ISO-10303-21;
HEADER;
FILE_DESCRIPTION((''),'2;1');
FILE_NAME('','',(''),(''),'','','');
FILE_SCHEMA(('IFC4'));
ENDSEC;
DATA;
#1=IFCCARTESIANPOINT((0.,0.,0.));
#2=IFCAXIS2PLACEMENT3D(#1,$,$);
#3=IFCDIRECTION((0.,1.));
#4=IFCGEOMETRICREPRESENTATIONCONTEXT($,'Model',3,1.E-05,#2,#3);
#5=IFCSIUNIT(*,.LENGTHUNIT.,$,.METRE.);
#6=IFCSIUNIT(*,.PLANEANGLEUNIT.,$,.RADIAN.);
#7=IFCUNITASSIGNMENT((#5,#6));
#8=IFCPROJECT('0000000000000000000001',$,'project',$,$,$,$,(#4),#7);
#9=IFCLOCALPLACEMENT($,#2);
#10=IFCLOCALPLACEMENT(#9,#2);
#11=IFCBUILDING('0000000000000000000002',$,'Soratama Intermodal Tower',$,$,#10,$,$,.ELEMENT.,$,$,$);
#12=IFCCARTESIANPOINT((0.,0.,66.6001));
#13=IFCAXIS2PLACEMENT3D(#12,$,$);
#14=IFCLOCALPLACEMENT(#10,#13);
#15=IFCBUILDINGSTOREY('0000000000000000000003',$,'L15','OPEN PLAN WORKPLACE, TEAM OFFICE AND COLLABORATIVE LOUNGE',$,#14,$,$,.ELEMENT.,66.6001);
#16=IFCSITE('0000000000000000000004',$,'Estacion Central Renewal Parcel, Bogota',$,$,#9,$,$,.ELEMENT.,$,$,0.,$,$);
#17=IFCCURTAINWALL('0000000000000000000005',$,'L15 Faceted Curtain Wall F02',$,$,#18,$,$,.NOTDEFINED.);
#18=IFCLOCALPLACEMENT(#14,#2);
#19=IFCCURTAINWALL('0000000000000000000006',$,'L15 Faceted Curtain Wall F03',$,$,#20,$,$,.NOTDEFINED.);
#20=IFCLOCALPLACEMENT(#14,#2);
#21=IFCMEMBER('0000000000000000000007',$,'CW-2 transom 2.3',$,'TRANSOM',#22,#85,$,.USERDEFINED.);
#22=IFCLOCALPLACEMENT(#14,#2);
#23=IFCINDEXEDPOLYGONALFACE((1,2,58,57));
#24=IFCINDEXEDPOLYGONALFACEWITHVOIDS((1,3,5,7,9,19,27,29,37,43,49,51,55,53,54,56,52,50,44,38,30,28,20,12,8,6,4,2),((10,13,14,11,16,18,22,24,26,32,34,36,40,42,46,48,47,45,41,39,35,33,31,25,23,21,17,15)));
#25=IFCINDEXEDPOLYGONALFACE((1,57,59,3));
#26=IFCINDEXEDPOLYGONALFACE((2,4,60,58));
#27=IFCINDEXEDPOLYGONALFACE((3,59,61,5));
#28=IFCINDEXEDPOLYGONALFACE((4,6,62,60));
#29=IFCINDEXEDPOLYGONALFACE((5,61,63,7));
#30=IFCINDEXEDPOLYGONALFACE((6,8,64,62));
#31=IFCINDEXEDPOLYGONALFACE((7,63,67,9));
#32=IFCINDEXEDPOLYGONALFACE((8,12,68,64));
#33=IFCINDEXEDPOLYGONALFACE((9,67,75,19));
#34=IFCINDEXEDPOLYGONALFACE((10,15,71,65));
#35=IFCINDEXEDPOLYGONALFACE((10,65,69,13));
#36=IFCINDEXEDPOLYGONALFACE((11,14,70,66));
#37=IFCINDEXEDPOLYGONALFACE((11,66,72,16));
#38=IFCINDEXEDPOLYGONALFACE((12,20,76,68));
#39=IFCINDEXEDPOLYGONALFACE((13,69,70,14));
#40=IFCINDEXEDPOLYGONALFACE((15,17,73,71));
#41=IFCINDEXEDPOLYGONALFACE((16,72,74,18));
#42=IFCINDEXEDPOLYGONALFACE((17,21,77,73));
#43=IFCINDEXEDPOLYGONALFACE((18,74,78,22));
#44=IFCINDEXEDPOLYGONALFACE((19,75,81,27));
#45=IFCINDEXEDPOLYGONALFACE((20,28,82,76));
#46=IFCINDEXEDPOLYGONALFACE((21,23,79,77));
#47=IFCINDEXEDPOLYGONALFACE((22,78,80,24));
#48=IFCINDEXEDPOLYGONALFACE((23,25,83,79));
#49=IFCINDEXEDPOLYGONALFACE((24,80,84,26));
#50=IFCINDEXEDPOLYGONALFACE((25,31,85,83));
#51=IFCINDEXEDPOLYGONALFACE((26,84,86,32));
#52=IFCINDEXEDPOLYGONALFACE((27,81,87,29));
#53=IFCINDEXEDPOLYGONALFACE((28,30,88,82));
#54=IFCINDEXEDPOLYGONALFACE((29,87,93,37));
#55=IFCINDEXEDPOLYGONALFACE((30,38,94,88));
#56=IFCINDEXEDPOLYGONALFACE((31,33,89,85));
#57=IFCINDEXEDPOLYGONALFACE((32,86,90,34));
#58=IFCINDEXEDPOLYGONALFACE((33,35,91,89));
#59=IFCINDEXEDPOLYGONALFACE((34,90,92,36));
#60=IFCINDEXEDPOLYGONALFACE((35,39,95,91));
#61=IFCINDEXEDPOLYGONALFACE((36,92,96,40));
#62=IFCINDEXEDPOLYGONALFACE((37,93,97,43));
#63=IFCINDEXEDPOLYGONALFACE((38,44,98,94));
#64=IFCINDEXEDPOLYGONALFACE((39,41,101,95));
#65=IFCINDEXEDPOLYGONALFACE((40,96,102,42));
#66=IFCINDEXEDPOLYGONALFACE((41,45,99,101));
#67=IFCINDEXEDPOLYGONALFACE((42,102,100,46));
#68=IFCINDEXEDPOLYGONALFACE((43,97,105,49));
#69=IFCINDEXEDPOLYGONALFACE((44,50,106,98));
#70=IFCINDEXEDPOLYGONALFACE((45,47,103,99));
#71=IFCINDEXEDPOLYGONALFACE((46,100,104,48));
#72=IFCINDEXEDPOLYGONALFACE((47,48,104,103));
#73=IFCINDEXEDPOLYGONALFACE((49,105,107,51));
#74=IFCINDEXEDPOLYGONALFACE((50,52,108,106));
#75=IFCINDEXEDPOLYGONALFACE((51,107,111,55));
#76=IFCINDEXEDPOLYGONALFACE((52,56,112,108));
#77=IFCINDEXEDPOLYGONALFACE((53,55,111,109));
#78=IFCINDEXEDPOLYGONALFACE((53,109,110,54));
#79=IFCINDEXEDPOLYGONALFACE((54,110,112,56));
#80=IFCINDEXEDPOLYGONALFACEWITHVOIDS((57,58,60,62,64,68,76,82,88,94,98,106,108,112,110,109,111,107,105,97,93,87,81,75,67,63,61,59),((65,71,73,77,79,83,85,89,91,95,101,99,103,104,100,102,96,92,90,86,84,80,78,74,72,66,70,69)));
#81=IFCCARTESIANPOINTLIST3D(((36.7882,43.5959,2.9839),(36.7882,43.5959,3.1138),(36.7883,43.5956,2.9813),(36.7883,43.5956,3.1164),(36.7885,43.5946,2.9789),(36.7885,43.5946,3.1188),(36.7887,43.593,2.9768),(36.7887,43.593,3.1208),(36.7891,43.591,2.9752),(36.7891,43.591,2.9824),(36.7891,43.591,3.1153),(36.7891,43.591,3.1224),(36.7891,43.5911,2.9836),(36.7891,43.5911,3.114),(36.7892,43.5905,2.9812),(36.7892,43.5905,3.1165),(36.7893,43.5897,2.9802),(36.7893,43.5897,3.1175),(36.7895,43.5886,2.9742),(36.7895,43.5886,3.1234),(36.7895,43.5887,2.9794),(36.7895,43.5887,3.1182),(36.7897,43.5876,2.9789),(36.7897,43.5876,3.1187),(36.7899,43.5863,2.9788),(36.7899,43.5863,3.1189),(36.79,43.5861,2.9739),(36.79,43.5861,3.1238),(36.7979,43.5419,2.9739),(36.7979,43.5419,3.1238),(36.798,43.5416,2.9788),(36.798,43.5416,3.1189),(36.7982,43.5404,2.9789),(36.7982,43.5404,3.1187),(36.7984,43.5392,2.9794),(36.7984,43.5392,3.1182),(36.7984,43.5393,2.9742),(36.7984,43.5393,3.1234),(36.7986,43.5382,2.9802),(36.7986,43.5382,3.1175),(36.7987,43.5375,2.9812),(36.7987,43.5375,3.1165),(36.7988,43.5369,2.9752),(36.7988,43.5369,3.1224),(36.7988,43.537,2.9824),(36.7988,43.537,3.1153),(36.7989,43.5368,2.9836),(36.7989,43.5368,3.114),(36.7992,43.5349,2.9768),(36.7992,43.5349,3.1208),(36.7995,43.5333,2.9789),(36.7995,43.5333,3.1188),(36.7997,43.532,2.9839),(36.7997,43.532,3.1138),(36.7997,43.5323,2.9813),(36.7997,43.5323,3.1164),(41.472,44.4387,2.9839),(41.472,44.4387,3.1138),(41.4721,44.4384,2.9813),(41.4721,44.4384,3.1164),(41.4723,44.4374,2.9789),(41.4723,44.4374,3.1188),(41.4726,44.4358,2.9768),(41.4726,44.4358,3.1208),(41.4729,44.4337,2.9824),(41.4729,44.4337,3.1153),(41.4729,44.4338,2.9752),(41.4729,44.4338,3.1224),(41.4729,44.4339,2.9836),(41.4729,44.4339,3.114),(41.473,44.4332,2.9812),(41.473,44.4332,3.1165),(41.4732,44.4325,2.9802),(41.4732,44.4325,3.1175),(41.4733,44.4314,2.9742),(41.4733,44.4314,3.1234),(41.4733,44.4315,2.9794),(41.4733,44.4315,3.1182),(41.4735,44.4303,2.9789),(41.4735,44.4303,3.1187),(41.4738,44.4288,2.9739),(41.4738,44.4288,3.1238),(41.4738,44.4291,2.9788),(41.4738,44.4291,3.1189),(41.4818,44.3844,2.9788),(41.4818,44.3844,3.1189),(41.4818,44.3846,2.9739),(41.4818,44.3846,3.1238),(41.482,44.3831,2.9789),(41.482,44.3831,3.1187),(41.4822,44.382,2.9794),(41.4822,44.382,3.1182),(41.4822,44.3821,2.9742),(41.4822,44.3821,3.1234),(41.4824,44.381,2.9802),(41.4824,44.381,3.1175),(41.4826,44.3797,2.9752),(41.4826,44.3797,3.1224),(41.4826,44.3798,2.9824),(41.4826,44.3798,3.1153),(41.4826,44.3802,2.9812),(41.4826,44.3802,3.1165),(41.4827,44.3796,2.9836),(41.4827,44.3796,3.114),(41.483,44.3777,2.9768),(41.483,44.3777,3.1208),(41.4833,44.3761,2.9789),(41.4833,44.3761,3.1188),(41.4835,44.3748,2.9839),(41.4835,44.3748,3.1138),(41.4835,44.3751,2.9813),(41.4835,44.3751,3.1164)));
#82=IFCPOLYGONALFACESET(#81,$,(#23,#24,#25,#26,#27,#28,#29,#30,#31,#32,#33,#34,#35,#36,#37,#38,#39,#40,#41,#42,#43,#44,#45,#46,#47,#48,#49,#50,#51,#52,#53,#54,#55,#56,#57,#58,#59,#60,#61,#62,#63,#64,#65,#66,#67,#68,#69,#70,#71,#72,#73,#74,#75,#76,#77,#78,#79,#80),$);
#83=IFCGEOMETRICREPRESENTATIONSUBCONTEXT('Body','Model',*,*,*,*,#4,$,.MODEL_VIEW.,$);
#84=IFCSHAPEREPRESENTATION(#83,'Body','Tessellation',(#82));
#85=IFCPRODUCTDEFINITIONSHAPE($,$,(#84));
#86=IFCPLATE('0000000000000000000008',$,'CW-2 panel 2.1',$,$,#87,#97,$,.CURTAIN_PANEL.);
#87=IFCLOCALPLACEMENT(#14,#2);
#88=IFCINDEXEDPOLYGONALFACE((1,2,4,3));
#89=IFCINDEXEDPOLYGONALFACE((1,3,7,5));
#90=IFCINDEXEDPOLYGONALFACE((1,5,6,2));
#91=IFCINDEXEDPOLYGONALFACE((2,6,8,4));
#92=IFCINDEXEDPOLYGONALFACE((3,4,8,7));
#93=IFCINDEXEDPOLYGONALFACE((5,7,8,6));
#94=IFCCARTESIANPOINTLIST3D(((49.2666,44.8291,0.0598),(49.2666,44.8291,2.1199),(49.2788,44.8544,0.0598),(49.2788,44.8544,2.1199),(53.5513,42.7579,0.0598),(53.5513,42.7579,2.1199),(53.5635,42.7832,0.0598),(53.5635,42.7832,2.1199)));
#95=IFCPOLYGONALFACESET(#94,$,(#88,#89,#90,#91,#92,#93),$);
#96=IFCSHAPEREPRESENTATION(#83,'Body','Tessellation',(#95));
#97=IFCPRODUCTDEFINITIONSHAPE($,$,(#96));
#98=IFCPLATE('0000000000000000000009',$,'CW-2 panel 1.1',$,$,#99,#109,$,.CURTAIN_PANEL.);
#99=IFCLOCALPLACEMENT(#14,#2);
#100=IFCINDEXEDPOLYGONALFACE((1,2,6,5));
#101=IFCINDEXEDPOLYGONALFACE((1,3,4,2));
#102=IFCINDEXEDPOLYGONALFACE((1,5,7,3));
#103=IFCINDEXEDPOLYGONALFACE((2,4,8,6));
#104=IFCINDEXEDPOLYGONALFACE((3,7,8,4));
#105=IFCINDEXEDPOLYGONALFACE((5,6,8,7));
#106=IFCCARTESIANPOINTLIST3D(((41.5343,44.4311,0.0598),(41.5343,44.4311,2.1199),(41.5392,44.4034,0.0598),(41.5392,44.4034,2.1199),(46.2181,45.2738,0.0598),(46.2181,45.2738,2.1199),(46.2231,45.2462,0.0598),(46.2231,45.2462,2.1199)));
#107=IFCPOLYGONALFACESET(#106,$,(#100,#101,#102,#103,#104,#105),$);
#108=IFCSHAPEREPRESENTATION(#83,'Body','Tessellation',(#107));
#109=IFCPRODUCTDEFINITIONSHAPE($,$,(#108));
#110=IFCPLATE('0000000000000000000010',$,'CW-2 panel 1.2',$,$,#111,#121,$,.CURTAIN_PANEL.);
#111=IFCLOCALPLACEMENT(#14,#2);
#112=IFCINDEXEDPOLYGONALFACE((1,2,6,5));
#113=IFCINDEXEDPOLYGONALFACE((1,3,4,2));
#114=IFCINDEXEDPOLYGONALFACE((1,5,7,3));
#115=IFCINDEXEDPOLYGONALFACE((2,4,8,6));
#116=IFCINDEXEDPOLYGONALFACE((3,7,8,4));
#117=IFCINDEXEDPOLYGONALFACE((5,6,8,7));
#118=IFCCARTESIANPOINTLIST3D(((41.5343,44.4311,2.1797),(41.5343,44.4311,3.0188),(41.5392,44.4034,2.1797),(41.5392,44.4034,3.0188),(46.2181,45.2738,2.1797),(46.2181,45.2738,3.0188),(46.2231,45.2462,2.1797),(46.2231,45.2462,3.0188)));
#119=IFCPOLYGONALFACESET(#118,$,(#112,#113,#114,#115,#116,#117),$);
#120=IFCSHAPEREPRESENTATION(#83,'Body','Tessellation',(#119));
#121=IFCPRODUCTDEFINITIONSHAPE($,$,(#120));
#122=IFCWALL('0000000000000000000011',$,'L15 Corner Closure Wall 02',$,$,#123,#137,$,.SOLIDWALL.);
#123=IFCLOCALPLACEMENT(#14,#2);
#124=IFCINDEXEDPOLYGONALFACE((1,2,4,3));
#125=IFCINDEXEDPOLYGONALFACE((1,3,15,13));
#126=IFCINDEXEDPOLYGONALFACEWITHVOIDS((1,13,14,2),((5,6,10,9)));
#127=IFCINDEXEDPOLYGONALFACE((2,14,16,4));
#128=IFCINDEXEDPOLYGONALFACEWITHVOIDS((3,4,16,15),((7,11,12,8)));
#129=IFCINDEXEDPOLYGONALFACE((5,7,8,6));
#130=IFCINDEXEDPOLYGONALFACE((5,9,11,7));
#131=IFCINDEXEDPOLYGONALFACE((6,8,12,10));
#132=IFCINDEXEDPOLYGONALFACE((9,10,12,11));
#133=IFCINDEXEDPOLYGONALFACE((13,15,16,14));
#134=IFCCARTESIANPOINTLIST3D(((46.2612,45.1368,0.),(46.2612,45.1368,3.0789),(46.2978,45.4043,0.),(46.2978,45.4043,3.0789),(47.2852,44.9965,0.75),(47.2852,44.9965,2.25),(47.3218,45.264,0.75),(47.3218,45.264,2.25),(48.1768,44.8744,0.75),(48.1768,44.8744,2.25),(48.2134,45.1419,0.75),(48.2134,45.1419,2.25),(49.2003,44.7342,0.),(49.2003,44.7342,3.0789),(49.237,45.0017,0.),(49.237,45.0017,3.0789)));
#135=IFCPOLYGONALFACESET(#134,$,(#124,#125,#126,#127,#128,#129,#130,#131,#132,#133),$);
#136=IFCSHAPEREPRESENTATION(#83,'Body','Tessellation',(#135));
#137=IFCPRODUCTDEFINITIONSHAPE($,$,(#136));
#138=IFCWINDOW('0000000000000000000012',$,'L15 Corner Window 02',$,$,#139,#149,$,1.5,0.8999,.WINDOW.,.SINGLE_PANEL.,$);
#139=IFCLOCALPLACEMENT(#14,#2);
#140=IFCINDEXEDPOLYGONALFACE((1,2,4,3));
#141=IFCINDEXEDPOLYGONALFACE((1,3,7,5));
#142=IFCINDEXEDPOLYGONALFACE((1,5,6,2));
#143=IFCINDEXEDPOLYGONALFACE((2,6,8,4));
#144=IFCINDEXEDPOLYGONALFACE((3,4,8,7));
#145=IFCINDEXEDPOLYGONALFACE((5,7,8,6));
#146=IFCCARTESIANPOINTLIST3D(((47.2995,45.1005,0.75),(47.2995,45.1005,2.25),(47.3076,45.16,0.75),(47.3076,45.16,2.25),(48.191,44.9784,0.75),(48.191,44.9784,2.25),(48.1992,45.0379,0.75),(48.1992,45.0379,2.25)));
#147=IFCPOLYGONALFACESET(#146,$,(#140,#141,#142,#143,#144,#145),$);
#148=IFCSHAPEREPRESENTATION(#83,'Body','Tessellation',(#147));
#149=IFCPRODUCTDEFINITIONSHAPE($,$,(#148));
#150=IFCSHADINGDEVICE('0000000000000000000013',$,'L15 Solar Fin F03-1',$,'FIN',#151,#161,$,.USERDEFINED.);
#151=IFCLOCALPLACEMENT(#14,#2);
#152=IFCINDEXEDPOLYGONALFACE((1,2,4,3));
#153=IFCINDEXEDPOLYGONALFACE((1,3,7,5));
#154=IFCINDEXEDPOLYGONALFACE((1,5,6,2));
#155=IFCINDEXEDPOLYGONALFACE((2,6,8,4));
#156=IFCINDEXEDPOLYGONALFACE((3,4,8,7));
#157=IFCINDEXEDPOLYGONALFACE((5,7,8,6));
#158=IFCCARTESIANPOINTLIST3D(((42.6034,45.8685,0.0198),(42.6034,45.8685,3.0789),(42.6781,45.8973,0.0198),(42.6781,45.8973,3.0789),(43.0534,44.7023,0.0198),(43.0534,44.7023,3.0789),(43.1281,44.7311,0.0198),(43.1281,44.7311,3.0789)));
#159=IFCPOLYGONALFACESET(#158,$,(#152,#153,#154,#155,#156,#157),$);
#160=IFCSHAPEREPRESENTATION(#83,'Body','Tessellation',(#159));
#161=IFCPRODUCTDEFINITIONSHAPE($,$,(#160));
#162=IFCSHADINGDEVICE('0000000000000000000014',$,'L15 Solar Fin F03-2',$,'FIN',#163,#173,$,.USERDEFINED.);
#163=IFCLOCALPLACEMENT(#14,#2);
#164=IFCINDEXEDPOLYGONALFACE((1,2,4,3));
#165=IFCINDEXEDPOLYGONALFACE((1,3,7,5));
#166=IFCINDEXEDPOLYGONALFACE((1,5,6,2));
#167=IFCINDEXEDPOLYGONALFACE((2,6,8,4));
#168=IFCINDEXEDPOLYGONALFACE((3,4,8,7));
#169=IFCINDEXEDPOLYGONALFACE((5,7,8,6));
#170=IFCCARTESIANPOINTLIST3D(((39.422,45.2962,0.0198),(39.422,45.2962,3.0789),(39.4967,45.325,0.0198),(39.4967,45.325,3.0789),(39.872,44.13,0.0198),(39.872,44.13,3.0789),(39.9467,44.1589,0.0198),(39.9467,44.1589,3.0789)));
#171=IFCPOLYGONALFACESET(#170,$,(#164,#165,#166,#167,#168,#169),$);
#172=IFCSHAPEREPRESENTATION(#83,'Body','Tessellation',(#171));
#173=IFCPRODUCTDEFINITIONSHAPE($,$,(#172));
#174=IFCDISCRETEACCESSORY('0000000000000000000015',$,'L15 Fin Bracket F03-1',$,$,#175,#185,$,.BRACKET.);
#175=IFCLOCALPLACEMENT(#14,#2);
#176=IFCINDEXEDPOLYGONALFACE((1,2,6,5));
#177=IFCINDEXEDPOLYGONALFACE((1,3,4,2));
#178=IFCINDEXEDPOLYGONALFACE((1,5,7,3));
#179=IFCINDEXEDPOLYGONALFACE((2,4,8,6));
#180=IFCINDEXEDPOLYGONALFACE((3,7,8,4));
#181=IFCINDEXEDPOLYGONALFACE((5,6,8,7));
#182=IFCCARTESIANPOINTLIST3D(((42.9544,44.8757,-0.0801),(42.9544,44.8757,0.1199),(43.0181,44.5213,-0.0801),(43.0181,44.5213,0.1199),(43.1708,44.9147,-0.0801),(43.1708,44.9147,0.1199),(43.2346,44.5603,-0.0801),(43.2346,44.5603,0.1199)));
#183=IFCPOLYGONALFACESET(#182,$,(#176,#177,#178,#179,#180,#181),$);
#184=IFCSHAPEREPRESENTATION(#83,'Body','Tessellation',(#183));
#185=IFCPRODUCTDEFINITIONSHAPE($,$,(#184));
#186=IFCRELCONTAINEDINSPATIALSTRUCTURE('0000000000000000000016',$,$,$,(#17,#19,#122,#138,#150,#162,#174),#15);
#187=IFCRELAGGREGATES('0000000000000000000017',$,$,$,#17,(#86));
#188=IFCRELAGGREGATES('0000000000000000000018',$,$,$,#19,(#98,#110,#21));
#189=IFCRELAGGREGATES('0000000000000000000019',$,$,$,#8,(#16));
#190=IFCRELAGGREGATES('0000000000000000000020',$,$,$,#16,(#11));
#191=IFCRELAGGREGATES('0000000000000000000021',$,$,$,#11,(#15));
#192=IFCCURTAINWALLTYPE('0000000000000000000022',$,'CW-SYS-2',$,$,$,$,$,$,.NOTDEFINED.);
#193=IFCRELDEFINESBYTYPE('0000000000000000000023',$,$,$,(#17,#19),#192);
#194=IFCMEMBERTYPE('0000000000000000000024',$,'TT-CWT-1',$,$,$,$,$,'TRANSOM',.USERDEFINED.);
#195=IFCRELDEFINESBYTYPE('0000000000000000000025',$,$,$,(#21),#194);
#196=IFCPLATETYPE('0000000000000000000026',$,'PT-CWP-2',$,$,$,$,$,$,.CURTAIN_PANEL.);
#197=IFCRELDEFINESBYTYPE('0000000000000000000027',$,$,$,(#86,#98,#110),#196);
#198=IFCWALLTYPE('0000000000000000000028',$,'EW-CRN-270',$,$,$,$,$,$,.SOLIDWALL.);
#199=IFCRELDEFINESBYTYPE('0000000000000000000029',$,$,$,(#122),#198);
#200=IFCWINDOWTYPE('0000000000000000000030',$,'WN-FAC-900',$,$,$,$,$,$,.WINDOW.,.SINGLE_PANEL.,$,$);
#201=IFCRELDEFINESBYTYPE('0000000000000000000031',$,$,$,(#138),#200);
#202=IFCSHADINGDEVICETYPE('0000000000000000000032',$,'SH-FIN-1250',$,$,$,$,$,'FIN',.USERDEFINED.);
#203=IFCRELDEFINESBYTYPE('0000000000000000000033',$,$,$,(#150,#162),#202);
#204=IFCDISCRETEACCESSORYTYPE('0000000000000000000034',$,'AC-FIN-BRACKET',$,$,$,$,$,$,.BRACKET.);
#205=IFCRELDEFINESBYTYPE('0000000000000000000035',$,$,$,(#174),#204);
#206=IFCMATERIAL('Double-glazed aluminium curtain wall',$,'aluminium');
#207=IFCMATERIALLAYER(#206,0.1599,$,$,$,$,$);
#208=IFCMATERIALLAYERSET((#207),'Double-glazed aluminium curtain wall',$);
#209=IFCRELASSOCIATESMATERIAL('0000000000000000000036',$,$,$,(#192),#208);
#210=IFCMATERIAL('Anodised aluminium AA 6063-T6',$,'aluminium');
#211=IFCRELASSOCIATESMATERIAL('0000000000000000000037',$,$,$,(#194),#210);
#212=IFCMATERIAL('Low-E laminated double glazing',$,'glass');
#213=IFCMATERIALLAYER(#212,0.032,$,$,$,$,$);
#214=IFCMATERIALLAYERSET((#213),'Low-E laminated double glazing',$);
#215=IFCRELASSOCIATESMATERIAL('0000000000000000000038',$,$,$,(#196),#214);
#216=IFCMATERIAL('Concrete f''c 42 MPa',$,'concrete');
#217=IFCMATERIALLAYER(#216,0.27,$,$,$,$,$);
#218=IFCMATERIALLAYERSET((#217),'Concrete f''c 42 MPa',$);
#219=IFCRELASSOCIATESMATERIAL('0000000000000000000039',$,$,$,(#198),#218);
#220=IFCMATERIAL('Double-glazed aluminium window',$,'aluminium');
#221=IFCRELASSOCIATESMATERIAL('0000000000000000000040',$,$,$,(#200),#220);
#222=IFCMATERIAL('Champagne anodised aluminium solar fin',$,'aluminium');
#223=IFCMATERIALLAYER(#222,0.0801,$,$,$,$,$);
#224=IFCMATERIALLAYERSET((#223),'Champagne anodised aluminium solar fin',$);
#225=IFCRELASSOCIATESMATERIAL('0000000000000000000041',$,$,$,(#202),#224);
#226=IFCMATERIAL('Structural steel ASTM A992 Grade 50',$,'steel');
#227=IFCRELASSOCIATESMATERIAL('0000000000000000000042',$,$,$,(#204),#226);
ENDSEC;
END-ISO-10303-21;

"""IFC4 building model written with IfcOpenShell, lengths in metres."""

from ifc_helpers import new_model, si_unit, direction, frame, frame_2d, origin, origin_2d, place, context, subcontext, project, spatial, rectangle, hollow_rectangle, extrude, material, layer, layer_set, material_profile, profile_set, type_object, element, fill, aggregate, save


model = new_model("IFC4")

# Units and contexts
model_context = context("Model", 3, precision=1e-05, world=origin(), true_north=direction((0.0, 1.0)))
body_context = subcontext(model_context, "Body", "Model", "MODEL_VIEW")
ifc_project = project(units=[si_unit("LENGTHUNIT", "METRE"), si_unit("PLANEANGLEUNIT", "RADIAN")], contexts=[model_context])

# Site, building, storey
site_placement = place(None, origin())
site = spatial("IfcSite", under=ifc_project, at=site_placement, Name="Estacion Central Renewal Parcel, Bogota", CompositionType="ELEMENT", RefElevation=0.0)
building_placement = place(site_placement, origin())
building = spatial("IfcBuilding", under=site, at=building_placement, Name="Soratama Intermodal Tower", CompositionType="ELEMENT")
storey_placement = place(building_placement, frame((0.0, 0.0, 66.6001)))
storey = spatial("IfcBuildingStorey", under=building, at=storey_placement, Name="L15", Description="OPEN PLAN WORKPLACE, TEAM OFFICE AND COLLABORATIVE LOUNGE", CompositionType="ELEMENT", Elevation=66.6001)

# Curtain wall
ifc_material_1 = material(Name="Double-glazed aluminium curtain wall", Category="aluminium")
ifc_layer_1 = layer(ifc_material_1, 0.1599)
ifc_layer_set_1 = layer_set([ifc_layer_1], Name="Double-glazed aluminium curtain wall")
curtain_wall_type = type_object("IfcCurtainWallType", Name="CW-SYS-2", PredefinedType="NOTDEFINED", material=ifc_layer_set_1)
curtain_wall_1_placement = place(storey_placement, origin())
curtain_wall_1 = element("IfcCurtainWall", 1, at=curtain_wall_1_placement, inside=storey, type_object=curtain_wall_type, Name="L15 Faceted Curtain Wall F02", PredefinedType="NOTDEFINED")

# Curtain wall, member
curtain_wall_2_placement = place(storey_placement, origin())
curtain_wall_2 = element("IfcCurtainWall", 2, at=curtain_wall_2_placement, inside=storey, type_object=curtain_wall_type, Name="L15 Faceted Curtain Wall F03", PredefinedType="NOTDEFINED")
ifc_material_2 = material(Name="Anodised aluminium AA 6063-T6", Category="aluminium")
ifc_material_profile_1 = material_profile(ifc_material_2, hollow_rectangle(XDim=0.0649, YDim=0.1499, WallThickness=0.0049, InnerFilletRadius=0.0049, OuterFilletRadius=0.01, at=origin_2d()), Name="CWT150X65X5")
ifc_profile_set_1 = profile_set([ifc_material_profile_1], Name="Anodised aluminium AA 6063-T6")
member_type_1 = type_object("IfcMemberType", Name="TT-CWT-1", ElementType="TRANSOM", PredefinedType="USERDEFINED", material=ifc_profile_set_1)
member_1_placement = place(storey_placement, frame((41.4778, 44.4067, 3.0488), z_axis=(-0.984195, -0.177088, 0.0), x_axis=(0.177088, -0.984195, 0.0)))
member_1 = element("IfcMember", 3, at=member_1_placement, type_object=member_type_1, Name="CW-2 transom 2.3", ObjectType="TRANSOM", PredefinedType="USERDEFINED", context=body_context, shape_type="SweptSolid", body=[
    extrude(hollow_rectangle(XDim=0.0649, YDim=0.1499, WallThickness=0.0049, InnerFilletRadius=0.0049, OuterFilletRadius=0.01, at=origin_2d()), origin(), (0.0, 0.0, 1.0), 4.759),
])

# Plates
ifc_material_3 = material(Name="Low-E laminated double glazing", Category="glass")
ifc_layer_2 = layer(ifc_material_3, 0.032)
ifc_layer_set_2 = layer_set([ifc_layer_2], Name="Low-E laminated double glazing")
plate_type = type_object("IfcPlateType", Name="PT-CWP-2", PredefinedType="CURTAIN_PANEL", material=ifc_layer_set_2)
plate_1_placement = place(storey_placement, frame((51.415, 43.8062, 0.0598), z_axis=(0.0, 0.0, 1.0), x_axis=(-0.900322, 0.435225, 0.0)))
plate_1 = element("IfcPlate", 4, at=plate_1_placement, type_object=plate_type, Name="CW-2 panel 2.1", PredefinedType="CURTAIN_PANEL", context=body_context, shape_type="SweptSolid", body=[
    extrude(rectangle(XDim=4.759, YDim=0.0281, at=origin_2d()), origin(), (0.0, 0.0, 1.0), 2.0601),
])
aggregate(curtain_wall_1, [plate_1])
plate_2_placement = place(storey_placement, frame((43.8787, 44.8386, 0.0598), z_axis=(0.0, 0.0, 1.0), x_axis=(-0.984197, -0.177078, 0.0)))
plate_2 = element("IfcPlate", 5, at=plate_2_placement, type_object=plate_type, Name="CW-2 panel 1.1", PredefinedType="CURTAIN_PANEL", context=body_context, shape_type="SweptSolid", body=[
    extrude(rectangle(XDim=4.759, YDim=0.0281, at=origin_2d()), origin(), (0.0, 0.0, 1.0), 2.0601),
])
plate_3_placement = place(storey_placement, frame((43.8787, 44.8386, 2.1797), z_axis=(0.0, 0.0, 1.0), x_axis=(-0.984197, -0.177078, 0.0)))
plate_3 = element("IfcPlate", 6, at=plate_3_placement, type_object=plate_type, Name="CW-2 panel 1.2", PredefinedType="CURTAIN_PANEL", context=body_context, shape_type="SweptSolid", body=[
    extrude(rectangle(XDim=4.759, YDim=0.0281, at=origin_2d()), origin(), (0.0, 0.0, 1.0), 0.8391),
])
aggregate(curtain_wall_2, [plate_2, plate_3, member_1])

# Wall, opening, window
ifc_material_4 = material(Name="Concrete f'c 42 MPa", Category="concrete")
ifc_layer_3 = layer(ifc_material_4, 0.27)
ifc_layer_set_3 = layer_set([ifc_layer_3], Name="Concrete f'c 42 MPa")
wall_type = type_object("IfcWallType", Name="EW-CRN-270", PredefinedType="SOLIDWALL", material=ifc_layer_set_3)
wall_placement = place(storey_placement, frame((49.2188, 44.8679, 0.0), z_axis=(0.0, 0.0, 1.0), x_axis=(-0.990749, 0.135704, 0.0)))
wall = element("IfcWall", 7, at=wall_placement, inside=storey, type_object=wall_type, Name="L15 Corner Closure Wall 02", PredefinedType="SOLIDWALL", context=body_context, shape_type="SweptSolid", body=[
    extrude(rectangle(XDim=2.9666, YDim=0.27, at=frame_2d((1.4834, 0.0))), origin(), (0.0, 0.0, 1.0), 3.0789),
])
opening_placement = place(wall_placement, frame((1.0332, 0.0, 0.75)))
opening = element("IfcOpeningElement", 8, at=opening_placement, cuts=wall, PredefinedType="OPENING", context=body_context, shape_type="SweptSolid", body=[
    extrude(rectangle(XDim=0.8999, YDim=1.5, at=frame_2d((0.45, 0.75))), frame((0.0, 0.145, 0.0), z_axis=(0.0, -1.0, 0.0), x_axis=(1.0, 0.0, 0.0)), (0.0, 0.0, 1.0), 0.29),
])
ifc_material_5 = material(Name="Double-glazed aluminium window", Category="aluminium")
window_type = type_object("IfcWindowType", Name="WN-FAC-900", PartitioningType="SINGLE_PANEL", PredefinedType="WINDOW", material=ifc_material_5)
window_placement = place(opening_placement, origin())
window = element("IfcWindow", 9, at=window_placement, inside=storey, type_object=window_type, Name="L15 Corner Window 02", OverallHeight=1.5, OverallWidth=0.8999, PartitioningType="SINGLE_PANEL", PredefinedType="WINDOW", context=body_context, shape_type="SweptSolid", body=[
    extrude(rectangle(XDim=0.8999, YDim=1.5, at=frame_2d((0.45, 0.75))), frame((0.0, 0.03, 0.0), z_axis=(0.0, -1.0, 0.0), x_axis=(1.0, 0.0, 0.0)), (0.0, 0.0, 1.0), 0.0601),
])
fill(opening, window)

# Shading devices
ifc_material_6 = material(Name="Champagne anodised aluminium solar fin", Category="aluminium")
ifc_layer_4 = layer(ifc_material_6, 0.0801)
ifc_layer_set_4 = layer_set([ifc_layer_4], Name="Champagne anodised aluminium solar fin")
shading_device_type = type_object("IfcShadingDeviceType", Name="SH-FIN-1250", ElementType="FIN", PredefinedType="USERDEFINED", material=ifc_layer_set_4)
for number, where, z_axis, x_axis, name in (
    (10, (42.8657, 45.2998, 0.0198), (0.0, 0.0, 1.0), (-0.359997, 0.932954, 0.0), "L15 Solar Fin F03-1"),
    (11, (39.6843, 44.7275, 0.0198), (0.0, 0.0, 1.0), (-0.359997, 0.932954, 0.0), "L15 Solar Fin F03-2"),
):
    element("IfcShadingDevice", number, at=place(storey_placement, frame(where, z_axis=z_axis, x_axis=x_axis)), inside=storey, type_object=shading_device_type, Name=name, ObjectType="FIN", PredefinedType="USERDEFINED", context=body_context, shape_type="SweptSolid", body=[
        extrude(rectangle(XDim=1.25, YDim=0.0801, at=origin_2d()), origin(), (0.0, 0.0, 1.0), 3.0591),
    ])

# Discrete accessory
ifc_material_7 = material(Name="Structural steel ASTM A992 Grade 50", Category="steel")
discrete_accessory_type = type_object("IfcDiscreteAccessoryType", Name="AC-FIN-BRACKET", PredefinedType="BRACKET", material=ifc_material_7)
for number, where, z_axis, x_axis, name in (
    (12, (43.0945, 44.718, -0.0801), (0.0, 0.0, 1.0), (-0.177085, 0.984196, 0.0), "L15 Fin Bracket F03-1"),
):
    element("IfcDiscreteAccessory", number, at=place(storey_placement, frame(where, z_axis=z_axis, x_axis=x_axis)), inside=storey, type_object=discrete_accessory_type, Name=name, PredefinedType="BRACKET", context=body_context, shape_type="SweptSolid", body=[
        extrude(rectangle(XDim=0.3601, YDim=0.22, at=origin_2d()), origin(), (0.0, 0.0, 1.0), 0.2),
    ])

save(model, "model.ifc")
